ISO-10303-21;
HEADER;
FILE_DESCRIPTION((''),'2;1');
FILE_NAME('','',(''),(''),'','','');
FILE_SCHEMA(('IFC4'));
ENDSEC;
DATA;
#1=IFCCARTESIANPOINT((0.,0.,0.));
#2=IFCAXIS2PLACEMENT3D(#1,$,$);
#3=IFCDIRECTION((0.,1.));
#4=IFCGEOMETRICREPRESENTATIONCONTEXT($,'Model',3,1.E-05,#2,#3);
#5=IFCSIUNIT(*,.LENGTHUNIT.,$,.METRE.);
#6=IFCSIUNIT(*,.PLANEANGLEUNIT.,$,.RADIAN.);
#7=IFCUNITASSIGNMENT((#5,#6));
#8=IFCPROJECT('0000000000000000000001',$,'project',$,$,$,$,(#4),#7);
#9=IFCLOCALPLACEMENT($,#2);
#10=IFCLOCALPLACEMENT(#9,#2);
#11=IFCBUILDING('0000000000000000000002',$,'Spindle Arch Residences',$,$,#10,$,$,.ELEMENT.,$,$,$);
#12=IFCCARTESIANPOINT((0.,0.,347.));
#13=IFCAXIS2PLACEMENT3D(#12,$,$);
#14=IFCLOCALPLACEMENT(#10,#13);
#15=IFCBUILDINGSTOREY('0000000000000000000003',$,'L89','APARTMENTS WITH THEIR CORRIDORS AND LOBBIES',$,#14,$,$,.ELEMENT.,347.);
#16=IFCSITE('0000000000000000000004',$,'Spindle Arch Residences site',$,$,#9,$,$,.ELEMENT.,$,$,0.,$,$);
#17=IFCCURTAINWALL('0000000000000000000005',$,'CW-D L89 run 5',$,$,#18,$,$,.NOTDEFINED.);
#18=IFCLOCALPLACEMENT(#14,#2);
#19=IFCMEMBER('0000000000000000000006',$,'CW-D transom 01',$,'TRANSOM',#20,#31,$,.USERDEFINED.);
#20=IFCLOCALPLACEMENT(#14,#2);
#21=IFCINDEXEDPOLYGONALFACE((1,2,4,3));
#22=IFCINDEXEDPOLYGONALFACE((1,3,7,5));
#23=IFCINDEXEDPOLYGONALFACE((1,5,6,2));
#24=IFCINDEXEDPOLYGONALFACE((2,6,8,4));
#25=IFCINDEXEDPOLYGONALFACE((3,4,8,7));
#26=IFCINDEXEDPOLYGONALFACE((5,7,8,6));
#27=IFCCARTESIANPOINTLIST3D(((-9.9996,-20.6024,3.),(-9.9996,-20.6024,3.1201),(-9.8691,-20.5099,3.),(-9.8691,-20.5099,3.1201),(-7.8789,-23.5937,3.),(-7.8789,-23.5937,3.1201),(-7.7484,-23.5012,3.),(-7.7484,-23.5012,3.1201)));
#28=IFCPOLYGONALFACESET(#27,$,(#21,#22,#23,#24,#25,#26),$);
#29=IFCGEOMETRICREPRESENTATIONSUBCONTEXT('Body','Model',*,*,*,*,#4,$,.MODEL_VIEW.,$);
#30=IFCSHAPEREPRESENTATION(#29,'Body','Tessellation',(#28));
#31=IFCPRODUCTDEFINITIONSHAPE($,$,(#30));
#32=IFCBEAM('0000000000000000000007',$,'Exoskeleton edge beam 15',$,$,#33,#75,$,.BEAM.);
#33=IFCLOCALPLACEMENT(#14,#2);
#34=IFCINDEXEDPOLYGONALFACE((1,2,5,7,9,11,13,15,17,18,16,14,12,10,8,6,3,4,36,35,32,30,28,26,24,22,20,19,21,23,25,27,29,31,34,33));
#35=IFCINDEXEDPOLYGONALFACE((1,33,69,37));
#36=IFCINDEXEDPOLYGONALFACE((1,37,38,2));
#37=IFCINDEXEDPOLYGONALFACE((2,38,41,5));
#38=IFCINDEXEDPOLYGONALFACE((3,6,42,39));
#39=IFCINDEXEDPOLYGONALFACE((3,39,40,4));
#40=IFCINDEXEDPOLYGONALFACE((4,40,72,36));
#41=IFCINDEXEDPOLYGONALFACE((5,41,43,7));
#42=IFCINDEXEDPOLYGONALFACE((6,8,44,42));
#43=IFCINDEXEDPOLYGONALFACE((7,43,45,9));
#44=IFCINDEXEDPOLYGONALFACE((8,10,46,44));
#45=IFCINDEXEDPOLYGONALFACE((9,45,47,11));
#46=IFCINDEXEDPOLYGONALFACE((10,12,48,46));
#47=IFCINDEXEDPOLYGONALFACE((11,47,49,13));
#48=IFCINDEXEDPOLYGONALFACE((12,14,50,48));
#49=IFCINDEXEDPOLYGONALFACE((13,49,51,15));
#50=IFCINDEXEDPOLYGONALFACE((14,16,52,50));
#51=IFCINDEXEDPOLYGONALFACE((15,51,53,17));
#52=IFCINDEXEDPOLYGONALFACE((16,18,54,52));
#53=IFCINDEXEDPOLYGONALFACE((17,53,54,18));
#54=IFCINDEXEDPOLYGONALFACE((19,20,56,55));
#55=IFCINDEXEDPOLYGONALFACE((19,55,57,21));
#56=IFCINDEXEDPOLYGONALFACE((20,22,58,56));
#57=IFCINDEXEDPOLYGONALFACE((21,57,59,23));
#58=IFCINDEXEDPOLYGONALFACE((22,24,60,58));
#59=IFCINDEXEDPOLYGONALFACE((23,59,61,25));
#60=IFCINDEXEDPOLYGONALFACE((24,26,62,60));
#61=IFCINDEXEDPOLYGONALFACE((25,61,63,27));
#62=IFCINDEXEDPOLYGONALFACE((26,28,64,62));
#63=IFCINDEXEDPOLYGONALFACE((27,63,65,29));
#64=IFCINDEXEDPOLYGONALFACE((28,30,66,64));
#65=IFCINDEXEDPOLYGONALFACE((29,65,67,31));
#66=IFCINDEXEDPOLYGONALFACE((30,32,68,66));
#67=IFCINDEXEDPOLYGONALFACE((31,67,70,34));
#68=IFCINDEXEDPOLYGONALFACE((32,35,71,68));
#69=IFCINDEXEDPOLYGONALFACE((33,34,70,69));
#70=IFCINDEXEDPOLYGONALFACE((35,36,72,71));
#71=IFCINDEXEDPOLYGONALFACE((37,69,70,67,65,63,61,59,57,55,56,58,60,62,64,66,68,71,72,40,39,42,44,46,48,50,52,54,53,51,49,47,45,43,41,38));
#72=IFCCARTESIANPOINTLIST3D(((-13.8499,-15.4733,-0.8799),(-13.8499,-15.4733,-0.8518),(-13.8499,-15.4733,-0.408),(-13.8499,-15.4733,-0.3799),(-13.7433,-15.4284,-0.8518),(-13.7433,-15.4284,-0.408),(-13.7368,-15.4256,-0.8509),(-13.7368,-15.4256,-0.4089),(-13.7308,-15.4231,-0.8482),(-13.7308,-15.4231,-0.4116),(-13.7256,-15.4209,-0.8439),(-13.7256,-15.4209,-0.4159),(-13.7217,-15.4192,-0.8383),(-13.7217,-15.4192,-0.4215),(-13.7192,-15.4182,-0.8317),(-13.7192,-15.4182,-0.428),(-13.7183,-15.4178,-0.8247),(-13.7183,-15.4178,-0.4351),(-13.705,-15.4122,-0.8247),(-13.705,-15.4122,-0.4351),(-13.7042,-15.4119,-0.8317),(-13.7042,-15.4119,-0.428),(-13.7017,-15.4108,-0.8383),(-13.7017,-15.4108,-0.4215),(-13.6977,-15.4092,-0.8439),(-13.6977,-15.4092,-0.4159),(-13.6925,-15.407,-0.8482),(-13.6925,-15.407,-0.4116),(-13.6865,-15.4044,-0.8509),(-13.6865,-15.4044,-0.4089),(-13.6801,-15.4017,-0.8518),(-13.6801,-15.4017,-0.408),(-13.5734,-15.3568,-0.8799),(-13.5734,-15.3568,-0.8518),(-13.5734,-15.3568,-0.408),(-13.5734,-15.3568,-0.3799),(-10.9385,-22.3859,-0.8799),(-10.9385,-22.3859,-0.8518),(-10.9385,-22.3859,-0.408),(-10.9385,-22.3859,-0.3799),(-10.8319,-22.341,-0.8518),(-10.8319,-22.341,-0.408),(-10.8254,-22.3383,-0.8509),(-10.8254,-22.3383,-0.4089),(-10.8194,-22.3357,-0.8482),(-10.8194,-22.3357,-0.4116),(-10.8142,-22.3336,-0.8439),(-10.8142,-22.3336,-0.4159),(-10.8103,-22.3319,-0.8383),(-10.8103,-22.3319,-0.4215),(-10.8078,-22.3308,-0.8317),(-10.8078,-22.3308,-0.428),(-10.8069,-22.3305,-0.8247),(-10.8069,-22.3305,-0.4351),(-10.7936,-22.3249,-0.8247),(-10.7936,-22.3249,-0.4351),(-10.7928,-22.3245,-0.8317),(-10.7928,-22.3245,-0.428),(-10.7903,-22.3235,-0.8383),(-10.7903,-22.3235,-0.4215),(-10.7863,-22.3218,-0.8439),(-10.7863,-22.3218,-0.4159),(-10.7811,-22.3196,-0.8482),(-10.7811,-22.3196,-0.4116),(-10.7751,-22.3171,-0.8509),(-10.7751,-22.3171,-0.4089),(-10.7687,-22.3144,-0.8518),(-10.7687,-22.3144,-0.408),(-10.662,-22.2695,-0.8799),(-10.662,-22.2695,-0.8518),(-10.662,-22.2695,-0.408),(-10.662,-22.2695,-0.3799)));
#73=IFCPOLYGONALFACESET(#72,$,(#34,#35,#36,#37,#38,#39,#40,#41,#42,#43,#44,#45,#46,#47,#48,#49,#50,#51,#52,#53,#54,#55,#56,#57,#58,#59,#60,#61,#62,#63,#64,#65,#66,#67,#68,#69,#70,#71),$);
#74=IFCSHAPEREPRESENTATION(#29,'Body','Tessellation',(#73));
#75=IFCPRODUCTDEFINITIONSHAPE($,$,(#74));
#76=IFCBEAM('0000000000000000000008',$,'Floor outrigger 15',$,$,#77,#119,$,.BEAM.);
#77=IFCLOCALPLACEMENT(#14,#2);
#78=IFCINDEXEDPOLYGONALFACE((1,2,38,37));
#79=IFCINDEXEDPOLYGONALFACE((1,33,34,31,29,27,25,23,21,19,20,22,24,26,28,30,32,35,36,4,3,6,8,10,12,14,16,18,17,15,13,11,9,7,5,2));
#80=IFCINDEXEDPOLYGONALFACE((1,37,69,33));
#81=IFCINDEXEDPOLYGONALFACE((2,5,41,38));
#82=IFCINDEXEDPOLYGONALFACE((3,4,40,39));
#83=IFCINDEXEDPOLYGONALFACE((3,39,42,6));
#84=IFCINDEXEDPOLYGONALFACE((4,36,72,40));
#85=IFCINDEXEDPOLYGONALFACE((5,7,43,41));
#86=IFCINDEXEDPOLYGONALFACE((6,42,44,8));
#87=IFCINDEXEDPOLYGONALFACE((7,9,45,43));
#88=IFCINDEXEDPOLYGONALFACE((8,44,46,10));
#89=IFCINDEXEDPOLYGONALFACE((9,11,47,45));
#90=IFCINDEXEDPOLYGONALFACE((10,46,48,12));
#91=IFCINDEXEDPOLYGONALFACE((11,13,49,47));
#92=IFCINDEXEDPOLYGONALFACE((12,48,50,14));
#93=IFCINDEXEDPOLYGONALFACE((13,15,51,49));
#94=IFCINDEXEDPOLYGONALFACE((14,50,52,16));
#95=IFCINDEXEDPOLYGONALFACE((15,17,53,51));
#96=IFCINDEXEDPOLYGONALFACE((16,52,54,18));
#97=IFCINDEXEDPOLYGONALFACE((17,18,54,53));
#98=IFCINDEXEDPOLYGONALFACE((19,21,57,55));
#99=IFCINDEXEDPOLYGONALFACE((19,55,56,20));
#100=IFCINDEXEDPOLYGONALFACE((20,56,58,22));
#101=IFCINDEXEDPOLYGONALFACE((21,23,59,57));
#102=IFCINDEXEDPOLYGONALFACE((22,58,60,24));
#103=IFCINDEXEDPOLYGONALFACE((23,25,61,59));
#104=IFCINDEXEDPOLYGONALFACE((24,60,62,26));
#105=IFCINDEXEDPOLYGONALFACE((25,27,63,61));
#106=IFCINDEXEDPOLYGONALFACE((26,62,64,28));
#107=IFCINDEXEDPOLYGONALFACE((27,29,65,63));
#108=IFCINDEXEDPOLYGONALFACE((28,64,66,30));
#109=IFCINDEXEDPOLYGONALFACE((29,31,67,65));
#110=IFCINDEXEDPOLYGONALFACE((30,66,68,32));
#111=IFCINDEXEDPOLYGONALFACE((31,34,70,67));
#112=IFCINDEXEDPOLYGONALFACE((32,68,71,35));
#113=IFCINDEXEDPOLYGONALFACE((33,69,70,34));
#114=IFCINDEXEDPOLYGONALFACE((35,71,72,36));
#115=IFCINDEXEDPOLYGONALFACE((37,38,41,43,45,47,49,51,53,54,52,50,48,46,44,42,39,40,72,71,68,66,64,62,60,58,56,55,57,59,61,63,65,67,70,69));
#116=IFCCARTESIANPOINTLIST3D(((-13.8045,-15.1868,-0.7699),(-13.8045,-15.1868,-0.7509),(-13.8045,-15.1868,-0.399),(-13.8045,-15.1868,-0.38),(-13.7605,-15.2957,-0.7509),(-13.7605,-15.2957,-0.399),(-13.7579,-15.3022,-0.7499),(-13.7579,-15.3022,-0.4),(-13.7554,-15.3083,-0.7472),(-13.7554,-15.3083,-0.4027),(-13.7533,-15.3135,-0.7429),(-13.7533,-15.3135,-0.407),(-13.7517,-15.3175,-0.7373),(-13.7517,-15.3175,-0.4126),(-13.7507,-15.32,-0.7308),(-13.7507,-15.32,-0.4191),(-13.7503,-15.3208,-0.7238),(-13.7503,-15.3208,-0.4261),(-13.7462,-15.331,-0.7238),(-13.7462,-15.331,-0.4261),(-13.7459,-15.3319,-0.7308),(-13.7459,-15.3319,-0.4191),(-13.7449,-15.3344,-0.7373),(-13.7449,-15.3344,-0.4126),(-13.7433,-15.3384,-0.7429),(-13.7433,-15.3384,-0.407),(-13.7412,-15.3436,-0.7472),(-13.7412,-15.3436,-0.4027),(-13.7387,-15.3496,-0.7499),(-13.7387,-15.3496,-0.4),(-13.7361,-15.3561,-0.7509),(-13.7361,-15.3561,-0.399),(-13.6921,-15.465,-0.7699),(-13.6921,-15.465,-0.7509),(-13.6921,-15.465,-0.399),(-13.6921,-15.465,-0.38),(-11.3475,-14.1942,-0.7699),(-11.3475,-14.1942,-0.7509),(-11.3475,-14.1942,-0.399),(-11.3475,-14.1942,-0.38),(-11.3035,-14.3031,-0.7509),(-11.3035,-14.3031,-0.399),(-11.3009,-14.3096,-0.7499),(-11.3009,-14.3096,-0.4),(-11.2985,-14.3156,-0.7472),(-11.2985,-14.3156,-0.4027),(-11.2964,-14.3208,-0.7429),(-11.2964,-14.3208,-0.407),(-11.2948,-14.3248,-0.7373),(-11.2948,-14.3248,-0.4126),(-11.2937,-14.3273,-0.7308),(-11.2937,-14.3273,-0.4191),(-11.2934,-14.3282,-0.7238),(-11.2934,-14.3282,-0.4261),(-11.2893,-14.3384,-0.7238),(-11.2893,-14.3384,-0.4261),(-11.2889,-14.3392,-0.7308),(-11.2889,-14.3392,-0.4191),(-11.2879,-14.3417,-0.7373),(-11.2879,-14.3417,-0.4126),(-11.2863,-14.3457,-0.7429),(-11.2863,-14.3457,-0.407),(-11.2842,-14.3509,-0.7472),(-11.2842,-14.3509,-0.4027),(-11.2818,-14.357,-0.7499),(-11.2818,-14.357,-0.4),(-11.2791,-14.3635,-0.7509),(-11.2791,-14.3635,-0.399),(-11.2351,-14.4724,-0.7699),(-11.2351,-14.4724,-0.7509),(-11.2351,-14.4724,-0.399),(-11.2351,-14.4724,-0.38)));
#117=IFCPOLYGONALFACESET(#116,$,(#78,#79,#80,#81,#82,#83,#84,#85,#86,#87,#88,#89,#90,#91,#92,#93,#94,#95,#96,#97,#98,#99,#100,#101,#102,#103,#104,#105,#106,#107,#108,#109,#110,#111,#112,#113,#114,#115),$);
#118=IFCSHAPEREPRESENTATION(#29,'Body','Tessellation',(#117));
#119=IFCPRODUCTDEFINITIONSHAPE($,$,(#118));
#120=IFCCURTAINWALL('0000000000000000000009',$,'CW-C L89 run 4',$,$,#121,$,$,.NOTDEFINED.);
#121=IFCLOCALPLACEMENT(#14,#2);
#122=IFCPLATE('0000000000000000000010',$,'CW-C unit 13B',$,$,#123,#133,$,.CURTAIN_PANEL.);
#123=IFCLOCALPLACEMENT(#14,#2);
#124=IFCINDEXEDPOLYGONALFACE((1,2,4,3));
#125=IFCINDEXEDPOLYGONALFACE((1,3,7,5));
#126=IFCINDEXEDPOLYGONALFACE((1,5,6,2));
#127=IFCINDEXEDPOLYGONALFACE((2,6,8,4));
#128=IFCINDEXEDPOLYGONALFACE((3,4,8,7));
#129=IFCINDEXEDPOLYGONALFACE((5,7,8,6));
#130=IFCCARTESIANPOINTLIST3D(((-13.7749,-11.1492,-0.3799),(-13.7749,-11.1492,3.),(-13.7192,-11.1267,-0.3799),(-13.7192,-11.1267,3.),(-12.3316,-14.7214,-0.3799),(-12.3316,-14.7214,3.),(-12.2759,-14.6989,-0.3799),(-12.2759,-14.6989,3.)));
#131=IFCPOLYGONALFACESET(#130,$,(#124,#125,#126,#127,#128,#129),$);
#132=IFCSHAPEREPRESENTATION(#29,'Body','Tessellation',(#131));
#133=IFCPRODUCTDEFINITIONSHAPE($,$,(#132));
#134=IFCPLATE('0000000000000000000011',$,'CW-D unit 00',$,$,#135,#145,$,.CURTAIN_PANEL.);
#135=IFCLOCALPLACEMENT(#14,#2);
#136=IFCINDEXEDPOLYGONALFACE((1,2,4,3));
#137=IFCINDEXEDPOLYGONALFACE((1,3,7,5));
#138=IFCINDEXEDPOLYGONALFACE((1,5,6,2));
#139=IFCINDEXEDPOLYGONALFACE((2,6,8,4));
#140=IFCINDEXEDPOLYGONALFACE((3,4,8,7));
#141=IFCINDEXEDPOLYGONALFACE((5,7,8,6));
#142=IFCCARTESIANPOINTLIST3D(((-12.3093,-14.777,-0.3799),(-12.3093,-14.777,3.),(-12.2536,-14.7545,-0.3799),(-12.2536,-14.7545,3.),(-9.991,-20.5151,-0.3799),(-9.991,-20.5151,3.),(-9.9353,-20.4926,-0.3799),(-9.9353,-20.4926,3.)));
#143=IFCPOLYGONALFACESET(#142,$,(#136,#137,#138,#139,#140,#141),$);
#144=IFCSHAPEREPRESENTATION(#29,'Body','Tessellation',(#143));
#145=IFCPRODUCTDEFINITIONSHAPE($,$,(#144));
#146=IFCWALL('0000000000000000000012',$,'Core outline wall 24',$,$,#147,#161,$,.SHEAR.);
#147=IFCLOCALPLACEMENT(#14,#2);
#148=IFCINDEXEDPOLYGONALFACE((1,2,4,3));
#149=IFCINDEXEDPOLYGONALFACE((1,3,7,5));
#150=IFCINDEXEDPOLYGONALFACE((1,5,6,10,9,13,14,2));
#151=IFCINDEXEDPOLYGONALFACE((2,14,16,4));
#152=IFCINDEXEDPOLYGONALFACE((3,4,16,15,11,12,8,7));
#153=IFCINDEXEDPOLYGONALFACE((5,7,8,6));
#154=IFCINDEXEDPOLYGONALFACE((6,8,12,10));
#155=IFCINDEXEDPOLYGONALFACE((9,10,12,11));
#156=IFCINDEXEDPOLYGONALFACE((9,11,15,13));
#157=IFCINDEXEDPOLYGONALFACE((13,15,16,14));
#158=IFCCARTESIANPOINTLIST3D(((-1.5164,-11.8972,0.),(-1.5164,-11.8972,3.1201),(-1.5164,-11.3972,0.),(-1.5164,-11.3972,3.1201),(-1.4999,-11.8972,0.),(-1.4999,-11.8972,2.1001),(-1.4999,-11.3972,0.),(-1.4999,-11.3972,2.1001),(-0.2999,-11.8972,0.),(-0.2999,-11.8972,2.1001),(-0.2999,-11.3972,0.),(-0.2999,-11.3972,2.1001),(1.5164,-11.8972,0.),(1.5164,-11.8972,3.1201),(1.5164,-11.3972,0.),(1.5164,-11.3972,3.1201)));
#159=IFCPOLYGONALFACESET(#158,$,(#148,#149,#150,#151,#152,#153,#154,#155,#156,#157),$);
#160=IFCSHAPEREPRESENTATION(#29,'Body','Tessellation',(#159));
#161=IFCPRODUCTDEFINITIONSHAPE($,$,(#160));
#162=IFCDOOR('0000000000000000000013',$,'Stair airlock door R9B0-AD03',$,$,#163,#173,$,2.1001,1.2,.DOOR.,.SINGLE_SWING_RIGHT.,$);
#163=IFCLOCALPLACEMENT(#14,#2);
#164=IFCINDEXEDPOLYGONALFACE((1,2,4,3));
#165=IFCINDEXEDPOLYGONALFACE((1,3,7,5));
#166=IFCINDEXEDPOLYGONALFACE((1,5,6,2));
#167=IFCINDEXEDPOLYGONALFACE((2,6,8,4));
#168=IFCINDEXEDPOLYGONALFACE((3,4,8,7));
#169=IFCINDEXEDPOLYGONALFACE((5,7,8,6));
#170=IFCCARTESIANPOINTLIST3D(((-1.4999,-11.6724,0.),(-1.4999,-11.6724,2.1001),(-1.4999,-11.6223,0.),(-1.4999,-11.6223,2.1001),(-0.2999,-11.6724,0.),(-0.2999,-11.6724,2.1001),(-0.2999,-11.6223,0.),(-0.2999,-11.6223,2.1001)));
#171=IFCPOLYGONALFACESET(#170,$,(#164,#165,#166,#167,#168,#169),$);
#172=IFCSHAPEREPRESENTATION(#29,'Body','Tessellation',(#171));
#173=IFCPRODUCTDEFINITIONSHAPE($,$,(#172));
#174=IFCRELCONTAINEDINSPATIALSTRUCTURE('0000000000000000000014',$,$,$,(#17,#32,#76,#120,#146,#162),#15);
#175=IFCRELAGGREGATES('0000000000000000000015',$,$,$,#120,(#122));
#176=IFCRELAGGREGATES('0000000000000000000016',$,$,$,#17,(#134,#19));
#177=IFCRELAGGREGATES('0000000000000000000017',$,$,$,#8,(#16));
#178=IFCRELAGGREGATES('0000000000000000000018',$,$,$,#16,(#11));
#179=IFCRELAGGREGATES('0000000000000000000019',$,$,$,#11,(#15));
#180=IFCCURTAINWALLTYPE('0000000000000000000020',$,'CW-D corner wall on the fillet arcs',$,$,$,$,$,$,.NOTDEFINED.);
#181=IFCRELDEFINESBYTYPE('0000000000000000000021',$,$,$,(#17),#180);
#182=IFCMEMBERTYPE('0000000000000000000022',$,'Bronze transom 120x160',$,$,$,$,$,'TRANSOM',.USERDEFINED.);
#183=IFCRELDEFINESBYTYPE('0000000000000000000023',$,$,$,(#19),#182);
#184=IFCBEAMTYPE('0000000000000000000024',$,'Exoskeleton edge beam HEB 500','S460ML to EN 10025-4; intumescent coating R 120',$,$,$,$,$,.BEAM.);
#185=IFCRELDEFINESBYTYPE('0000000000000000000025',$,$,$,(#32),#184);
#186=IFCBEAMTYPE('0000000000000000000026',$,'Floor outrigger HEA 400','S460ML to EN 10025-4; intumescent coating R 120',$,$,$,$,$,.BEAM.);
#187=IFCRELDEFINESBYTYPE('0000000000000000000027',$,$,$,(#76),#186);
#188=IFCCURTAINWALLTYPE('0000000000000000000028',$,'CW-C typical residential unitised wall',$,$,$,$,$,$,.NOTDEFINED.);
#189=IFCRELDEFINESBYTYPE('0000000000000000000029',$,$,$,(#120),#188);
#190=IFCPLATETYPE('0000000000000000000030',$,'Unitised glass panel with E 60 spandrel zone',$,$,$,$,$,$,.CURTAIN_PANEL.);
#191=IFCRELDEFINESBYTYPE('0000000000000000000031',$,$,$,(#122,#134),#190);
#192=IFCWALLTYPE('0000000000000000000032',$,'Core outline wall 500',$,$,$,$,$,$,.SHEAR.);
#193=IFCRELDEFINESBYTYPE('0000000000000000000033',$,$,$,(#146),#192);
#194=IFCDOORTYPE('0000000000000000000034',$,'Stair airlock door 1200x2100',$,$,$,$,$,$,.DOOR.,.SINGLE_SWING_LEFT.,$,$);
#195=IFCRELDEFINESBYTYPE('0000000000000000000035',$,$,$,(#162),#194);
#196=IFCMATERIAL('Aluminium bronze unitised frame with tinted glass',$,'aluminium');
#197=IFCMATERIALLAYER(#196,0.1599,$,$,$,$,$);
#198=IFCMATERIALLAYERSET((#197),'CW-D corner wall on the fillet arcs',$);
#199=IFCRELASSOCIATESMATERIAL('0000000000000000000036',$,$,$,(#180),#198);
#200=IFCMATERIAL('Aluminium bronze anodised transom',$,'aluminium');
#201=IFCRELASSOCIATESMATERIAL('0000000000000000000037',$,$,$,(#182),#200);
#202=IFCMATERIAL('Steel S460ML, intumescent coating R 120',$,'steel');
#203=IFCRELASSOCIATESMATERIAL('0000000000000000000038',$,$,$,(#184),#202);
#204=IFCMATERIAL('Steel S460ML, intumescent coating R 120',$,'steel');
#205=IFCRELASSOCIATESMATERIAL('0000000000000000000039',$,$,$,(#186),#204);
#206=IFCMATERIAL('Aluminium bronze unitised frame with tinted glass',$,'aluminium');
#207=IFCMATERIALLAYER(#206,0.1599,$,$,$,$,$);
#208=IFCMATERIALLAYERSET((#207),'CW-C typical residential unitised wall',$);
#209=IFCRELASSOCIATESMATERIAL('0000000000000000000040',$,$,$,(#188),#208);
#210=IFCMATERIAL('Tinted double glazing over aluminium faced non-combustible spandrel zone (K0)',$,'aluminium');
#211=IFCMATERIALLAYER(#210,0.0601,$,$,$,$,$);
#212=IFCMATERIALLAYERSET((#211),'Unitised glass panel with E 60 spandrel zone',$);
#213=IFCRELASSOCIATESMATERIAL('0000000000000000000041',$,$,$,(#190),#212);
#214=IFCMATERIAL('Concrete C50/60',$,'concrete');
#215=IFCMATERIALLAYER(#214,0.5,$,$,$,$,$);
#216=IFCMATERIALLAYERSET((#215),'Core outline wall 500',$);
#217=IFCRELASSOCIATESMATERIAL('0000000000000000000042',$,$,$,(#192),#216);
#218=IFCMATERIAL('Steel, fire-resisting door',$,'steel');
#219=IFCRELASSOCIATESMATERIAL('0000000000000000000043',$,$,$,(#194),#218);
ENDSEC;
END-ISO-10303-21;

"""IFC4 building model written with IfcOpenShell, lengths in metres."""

from ifc_helpers import new_model, si_unit, direction, frame, frame_2d, origin, origin_2d, place, context, subcontext, project, spatial, rectangle, i_section, extrude, material, layer, layer_set, material_profile, profile_set, type_object, element, fill, aggregate, save


model = new_model("IFC4")

# Units and contexts
model_context = context("Model", 3, precision=1e-05, world=origin(), true_north=direction((0.0, 1.0)))
body_context = subcontext(model_context, "Body", "Model", "MODEL_VIEW")
ifc_project = project(units=[si_unit("LENGTHUNIT", "METRE"), si_unit("PLANEANGLEUNIT", "RADIAN")], contexts=[model_context])

# Site, building, storey
site_placement = place(None, origin())
site = spatial("IfcSite", under=ifc_project, at=site_placement, Name="Spindle Arch Residences site", CompositionType="ELEMENT", RefElevation=0.0)
building_placement = place(site_placement, origin())
building = spatial("IfcBuilding", under=site, at=building_placement, Name="Spindle Arch Residences", CompositionType="ELEMENT")
storey_placement = place(building_placement, frame((0.0, 0.0, 347.0)))
storey = spatial("IfcBuildingStorey", under=building, at=storey_placement, Name="L89", Description="APARTMENTS WITH THEIR CORRIDORS AND LOBBIES", CompositionType="ELEMENT", Elevation=347.0)

# Curtain wall, member
ifc_material_1 = material(Name="Aluminium bronze unitised frame with tinted glass", Category="aluminium")
ifc_layer_1 = layer(ifc_material_1, 0.1599)
ifc_layer_set_1 = layer_set([ifc_layer_1], Name="CW-D corner wall on the fillet arcs")
curtain_wall_type_1 = type_object("IfcCurtainWallType", Name="CW-D corner wall on the fillet arcs", PredefinedType="NOTDEFINED", material=ifc_layer_set_1)
curtain_wall_1_placement = place(storey_placement, origin())
curtain_wall_1 = element("IfcCurtainWall", 1, at=curtain_wall_1_placement, inside=storey, type_object=curtain_wall_type_1, Name="CW-D L89 run 5", PredefinedType="NOTDEFINED")
ifc_material_2 = material(Name="Aluminium bronze anodised transom", Category="aluminium")
ifc_material_profile_1 = material_profile(ifc_material_2, rectangle(XDim=0.1599, YDim=0.1201, at=origin_2d()), Name="TR 120x160")
ifc_profile_set_1 = profile_set([ifc_material_profile_1], Name="Aluminium bronze anodised transom")
member_type_1 = type_object("IfcMemberType", Name="Bronze transom 120x160", ElementType="TRANSOM", PredefinedType="USERDEFINED", material=ifc_profile_set_1)
member_1_placement = place(storey_placement, frame((-9.9343, -20.5562, 3.0601), z_axis=(0.57835, -0.815789, 0.0), x_axis=(0.815789, 0.57835, 0.0)))
member_1 = element("IfcMember", 2, at=member_1_placement, type_object=member_type_1, Name="CW-D transom 01", ObjectType="TRANSOM", PredefinedType="USERDEFINED", context=body_context, shape_type="SweptSolid", body=[
    extrude(rectangle(XDim=0.1599, YDim=0.1201, at=origin_2d()), origin(), (0.0, 0.0, 1.0), 3.6667),
])

# Beams
ifc_material_3 = material(Name="Steel S460ML, intumescent coating R 120", Category="steel")
ifc_material_profile_2 = material_profile(ifc_material_3, i_section(OverallWidth=0.3, OverallDepth=0.5, WebThickness=0.0144, FlangeThickness=0.0281, FilletRadius=0.0271, at=origin_2d()), Name="HEB 500")
ifc_profile_set_2 = profile_set([ifc_material_profile_2], Name="Steel S460ML, intumescent coating R 120")
beam_type_1 = type_object("IfcBeamType", Name="Exoskeleton edge beam HEB 500", Description="S460ML to EN 10025-4; intumescent coating R 120", PredefinedType="BEAM", material=ifc_profile_set_2)
beam_1_placement = place(storey_placement, frame((-13.7117, -15.415, -0.6299), z_axis=(0.388149, -0.921597, 0.0), x_axis=(0.921597, 0.388149, 0.0)))
element("IfcBeam", 3, at=beam_1_placement, inside=storey, type_object=beam_type_1, Name="Exoskeleton edge beam 15", PredefinedType="BEAM", context=body_context, shape_type="SweptSolid", body=[
    extrude(i_section(OverallWidth=0.3, OverallDepth=0.5, WebThickness=0.0144, FlangeThickness=0.0281, FilletRadius=0.0271, at=origin_2d()), origin(), (0.0, 0.0, 1.0), 7.5007),
])
ifc_material_4 = material(Name="Steel S460ML, intumescent coating R 120", Category="steel")
ifc_material_profile_3 = material_profile(ifc_material_4, i_section(OverallWidth=0.3, OverallDepth=0.3899, WebThickness=0.011, FlangeThickness=0.019, FilletRadius=0.0271, at=origin_2d()), Name="HEA 400")
ifc_profile_set_3 = profile_set([ifc_material_profile_3], Name="Steel S460ML, intumescent coating R 120")
beam_type_2 = type_object("IfcBeamType", Name="Floor outrigger HEA 400", Description="S460ML to EN 10025-4; intumescent coating R 120", PredefinedType="BEAM", material=ifc_profile_set_3)
beam_2_placement = place(storey_placement, frame((-13.7483, -15.3259, -0.575), z_axis=(0.927188, 0.374597, 0.0), x_axis=(-0.374597, 0.927188, 0.0)))
element("IfcBeam", 4, at=beam_2_placement, inside=storey, type_object=beam_type_2, Name="Floor outrigger 15", PredefinedType="BEAM", context=body_context, shape_type="SweptSolid", body=[
    extrude(i_section(OverallWidth=0.3, OverallDepth=0.3899, WebThickness=0.011, FlangeThickness=0.019, FilletRadius=0.0271, at=origin_2d()), origin(), (0.0, 0.0, 1.0), 2.6499),
])

# Curtain wall, plate
ifc_material_5 = material(Name="Aluminium bronze unitised frame with tinted glass", Category="aluminium")
ifc_layer_2 = layer(ifc_material_5, 0.1599)
ifc_layer_set_2 = layer_set([ifc_layer_2], Name="CW-C typical residential unitised wall")
curtain_wall_type_2 = type_object("IfcCurtainWallType", Name="CW-C typical residential unitised wall", PredefinedType="NOTDEFINED", material=ifc_layer_set_2)
curtain_wall_2_placement = place(storey_placement, origin())
curtain_wall_2 = element("IfcCurtainWall", 5, at=curtain_wall_2_placement, inside=storey, type_object=curtain_wall_type_2, Name="CW-C L89 run 4", PredefinedType="NOTDEFINED")
ifc_material_6 = material(Name="Tinted double glazing over aluminium faced non-combustible spandrel zone (K0)", Category="aluminium")
ifc_layer_3 = layer(ifc_material_6, 0.0601)
ifc_layer_set_3 = layer_set([ifc_layer_3], Name="Unitised glass panel with E 60 spandrel zone")
plate_type = type_object("IfcPlateType", Name="Unitised glass panel with E 60 spandrel zone", PredefinedType="CURTAIN_PANEL", material=ifc_layer_set_3)
plate_1_placement = place(storey_placement, frame((-13.0254, -12.9241, -0.3799), z_axis=(0.0, 0.0, 1.0), x_axis=(0.374607, -0.927184, 0.0)))
plate_1 = element("IfcPlate", 6, at=plate_1_placement, type_object=plate_type, Name="CW-C unit 13B", PredefinedType="CURTAIN_PANEL", context=body_context, shape_type="SweptSolid", body=[
    extrude(rectangle(XDim=3.8528, YDim=0.0601, at=origin_2d()), origin(), (0.0, 0.0, 1.0), 3.3799),
])
aggregate(curtain_wall_2, [plate_1])

# Plate
plate_2_placement = place(storey_placement, frame((-11.1223, -17.6348, -0.3799), z_axis=(0.0, 0.0, 1.0), x_axis=(0.374607, -0.927184, 0.0)))
plate_2 = element("IfcPlate", 7, at=plate_2_placement, type_object=plate_type, Name="CW-D unit 00", PredefinedType="CURTAIN_PANEL", context=body_context, shape_type="SweptSolid", body=[
    extrude(rectangle(XDim=6.1887, YDim=0.0601, at=origin_2d()), origin(), (0.0, 0.0, 1.0), 3.3799),
])
aggregate(curtain_wall_1, [plate_2, member_1])

# Wall, opening, door
ifc_material_7 = material(Name="Concrete C50/60", Category="concrete")
ifc_layer_4 = layer(ifc_material_7, 0.5)
ifc_layer_set_4 = layer_set([ifc_layer_4], Name="Core outline wall 500")
wall_type_1 = type_object("IfcWallType", Name="Core outline wall 500", PredefinedType="SHEAR", material=ifc_layer_set_4)
wall_1_placement = place(storey_placement, frame((-1.5164, -11.6472, 0.0), z_axis=(0.0, 0.0, 1.0), x_axis=(1.0, 0.0, 0.0)))
wall_1 = element("IfcWall", 8, at=wall_1_placement, inside=storey, type_object=wall_type_1, Name="Core outline wall 24", PredefinedType="SHEAR", context=body_context, shape_type="SweptSolid", body=[
    extrude(rectangle(XDim=3.0327, YDim=0.5, at=frame_2d((1.5164, 0.0))), origin(), (0.0, 0.0, 1.0), 3.1201),
])
opening_1_placement = place(wall_1_placement, frame((0.0164, 0.0, 0.0)))
opening_1 = element("IfcOpeningElement", 9, at=opening_1_placement, cuts=wall_1, PredefinedType="OPENING", context=body_context, shape_type="SweptSolid", body=[
    extrude(rectangle(XDim=1.2, YDim=2.1001, at=frame_2d((0.6001, 1.05))), frame((0.0, 0.26, 0.0), z_axis=(0.0, -1.0, 0.0), x_axis=(1.0, 0.0, 0.0)), (0.0, 0.0, 1.0), 0.52),
])
ifc_material_8 = material(Name="Steel, fire-resisting door", Category="steel")
door_type_1 = type_object("IfcDoorType", Name="Stair airlock door 1200x2100", OperationType="SINGLE_SWING_LEFT", PredefinedType="DOOR", material=ifc_material_8)
door_1_placement = place(opening_1_placement, origin())
door_1 = element("IfcDoor", 10, at=door_1_placement, inside=storey, type_object=door_type_1, Name="Stair airlock door R9B0-AD03", OperationType="SINGLE_SWING_RIGHT", OverallHeight=2.1001, OverallWidth=1.2, PredefinedType="DOOR", context=body_context, shape_type="SweptSolid", body=[
    extrude(rectangle(XDim=1.2, YDim=2.1001, at=frame_2d((0.6001, 1.05))), frame((0.0, 0.0249, 0.0), z_axis=(0.0, -1.0, 0.0), x_axis=(1.0, 0.0, 0.0)), (0.0, 0.0, 1.0), 0.05),
])
fill(opening_1, door_1)

save(model, "model.ifc")
